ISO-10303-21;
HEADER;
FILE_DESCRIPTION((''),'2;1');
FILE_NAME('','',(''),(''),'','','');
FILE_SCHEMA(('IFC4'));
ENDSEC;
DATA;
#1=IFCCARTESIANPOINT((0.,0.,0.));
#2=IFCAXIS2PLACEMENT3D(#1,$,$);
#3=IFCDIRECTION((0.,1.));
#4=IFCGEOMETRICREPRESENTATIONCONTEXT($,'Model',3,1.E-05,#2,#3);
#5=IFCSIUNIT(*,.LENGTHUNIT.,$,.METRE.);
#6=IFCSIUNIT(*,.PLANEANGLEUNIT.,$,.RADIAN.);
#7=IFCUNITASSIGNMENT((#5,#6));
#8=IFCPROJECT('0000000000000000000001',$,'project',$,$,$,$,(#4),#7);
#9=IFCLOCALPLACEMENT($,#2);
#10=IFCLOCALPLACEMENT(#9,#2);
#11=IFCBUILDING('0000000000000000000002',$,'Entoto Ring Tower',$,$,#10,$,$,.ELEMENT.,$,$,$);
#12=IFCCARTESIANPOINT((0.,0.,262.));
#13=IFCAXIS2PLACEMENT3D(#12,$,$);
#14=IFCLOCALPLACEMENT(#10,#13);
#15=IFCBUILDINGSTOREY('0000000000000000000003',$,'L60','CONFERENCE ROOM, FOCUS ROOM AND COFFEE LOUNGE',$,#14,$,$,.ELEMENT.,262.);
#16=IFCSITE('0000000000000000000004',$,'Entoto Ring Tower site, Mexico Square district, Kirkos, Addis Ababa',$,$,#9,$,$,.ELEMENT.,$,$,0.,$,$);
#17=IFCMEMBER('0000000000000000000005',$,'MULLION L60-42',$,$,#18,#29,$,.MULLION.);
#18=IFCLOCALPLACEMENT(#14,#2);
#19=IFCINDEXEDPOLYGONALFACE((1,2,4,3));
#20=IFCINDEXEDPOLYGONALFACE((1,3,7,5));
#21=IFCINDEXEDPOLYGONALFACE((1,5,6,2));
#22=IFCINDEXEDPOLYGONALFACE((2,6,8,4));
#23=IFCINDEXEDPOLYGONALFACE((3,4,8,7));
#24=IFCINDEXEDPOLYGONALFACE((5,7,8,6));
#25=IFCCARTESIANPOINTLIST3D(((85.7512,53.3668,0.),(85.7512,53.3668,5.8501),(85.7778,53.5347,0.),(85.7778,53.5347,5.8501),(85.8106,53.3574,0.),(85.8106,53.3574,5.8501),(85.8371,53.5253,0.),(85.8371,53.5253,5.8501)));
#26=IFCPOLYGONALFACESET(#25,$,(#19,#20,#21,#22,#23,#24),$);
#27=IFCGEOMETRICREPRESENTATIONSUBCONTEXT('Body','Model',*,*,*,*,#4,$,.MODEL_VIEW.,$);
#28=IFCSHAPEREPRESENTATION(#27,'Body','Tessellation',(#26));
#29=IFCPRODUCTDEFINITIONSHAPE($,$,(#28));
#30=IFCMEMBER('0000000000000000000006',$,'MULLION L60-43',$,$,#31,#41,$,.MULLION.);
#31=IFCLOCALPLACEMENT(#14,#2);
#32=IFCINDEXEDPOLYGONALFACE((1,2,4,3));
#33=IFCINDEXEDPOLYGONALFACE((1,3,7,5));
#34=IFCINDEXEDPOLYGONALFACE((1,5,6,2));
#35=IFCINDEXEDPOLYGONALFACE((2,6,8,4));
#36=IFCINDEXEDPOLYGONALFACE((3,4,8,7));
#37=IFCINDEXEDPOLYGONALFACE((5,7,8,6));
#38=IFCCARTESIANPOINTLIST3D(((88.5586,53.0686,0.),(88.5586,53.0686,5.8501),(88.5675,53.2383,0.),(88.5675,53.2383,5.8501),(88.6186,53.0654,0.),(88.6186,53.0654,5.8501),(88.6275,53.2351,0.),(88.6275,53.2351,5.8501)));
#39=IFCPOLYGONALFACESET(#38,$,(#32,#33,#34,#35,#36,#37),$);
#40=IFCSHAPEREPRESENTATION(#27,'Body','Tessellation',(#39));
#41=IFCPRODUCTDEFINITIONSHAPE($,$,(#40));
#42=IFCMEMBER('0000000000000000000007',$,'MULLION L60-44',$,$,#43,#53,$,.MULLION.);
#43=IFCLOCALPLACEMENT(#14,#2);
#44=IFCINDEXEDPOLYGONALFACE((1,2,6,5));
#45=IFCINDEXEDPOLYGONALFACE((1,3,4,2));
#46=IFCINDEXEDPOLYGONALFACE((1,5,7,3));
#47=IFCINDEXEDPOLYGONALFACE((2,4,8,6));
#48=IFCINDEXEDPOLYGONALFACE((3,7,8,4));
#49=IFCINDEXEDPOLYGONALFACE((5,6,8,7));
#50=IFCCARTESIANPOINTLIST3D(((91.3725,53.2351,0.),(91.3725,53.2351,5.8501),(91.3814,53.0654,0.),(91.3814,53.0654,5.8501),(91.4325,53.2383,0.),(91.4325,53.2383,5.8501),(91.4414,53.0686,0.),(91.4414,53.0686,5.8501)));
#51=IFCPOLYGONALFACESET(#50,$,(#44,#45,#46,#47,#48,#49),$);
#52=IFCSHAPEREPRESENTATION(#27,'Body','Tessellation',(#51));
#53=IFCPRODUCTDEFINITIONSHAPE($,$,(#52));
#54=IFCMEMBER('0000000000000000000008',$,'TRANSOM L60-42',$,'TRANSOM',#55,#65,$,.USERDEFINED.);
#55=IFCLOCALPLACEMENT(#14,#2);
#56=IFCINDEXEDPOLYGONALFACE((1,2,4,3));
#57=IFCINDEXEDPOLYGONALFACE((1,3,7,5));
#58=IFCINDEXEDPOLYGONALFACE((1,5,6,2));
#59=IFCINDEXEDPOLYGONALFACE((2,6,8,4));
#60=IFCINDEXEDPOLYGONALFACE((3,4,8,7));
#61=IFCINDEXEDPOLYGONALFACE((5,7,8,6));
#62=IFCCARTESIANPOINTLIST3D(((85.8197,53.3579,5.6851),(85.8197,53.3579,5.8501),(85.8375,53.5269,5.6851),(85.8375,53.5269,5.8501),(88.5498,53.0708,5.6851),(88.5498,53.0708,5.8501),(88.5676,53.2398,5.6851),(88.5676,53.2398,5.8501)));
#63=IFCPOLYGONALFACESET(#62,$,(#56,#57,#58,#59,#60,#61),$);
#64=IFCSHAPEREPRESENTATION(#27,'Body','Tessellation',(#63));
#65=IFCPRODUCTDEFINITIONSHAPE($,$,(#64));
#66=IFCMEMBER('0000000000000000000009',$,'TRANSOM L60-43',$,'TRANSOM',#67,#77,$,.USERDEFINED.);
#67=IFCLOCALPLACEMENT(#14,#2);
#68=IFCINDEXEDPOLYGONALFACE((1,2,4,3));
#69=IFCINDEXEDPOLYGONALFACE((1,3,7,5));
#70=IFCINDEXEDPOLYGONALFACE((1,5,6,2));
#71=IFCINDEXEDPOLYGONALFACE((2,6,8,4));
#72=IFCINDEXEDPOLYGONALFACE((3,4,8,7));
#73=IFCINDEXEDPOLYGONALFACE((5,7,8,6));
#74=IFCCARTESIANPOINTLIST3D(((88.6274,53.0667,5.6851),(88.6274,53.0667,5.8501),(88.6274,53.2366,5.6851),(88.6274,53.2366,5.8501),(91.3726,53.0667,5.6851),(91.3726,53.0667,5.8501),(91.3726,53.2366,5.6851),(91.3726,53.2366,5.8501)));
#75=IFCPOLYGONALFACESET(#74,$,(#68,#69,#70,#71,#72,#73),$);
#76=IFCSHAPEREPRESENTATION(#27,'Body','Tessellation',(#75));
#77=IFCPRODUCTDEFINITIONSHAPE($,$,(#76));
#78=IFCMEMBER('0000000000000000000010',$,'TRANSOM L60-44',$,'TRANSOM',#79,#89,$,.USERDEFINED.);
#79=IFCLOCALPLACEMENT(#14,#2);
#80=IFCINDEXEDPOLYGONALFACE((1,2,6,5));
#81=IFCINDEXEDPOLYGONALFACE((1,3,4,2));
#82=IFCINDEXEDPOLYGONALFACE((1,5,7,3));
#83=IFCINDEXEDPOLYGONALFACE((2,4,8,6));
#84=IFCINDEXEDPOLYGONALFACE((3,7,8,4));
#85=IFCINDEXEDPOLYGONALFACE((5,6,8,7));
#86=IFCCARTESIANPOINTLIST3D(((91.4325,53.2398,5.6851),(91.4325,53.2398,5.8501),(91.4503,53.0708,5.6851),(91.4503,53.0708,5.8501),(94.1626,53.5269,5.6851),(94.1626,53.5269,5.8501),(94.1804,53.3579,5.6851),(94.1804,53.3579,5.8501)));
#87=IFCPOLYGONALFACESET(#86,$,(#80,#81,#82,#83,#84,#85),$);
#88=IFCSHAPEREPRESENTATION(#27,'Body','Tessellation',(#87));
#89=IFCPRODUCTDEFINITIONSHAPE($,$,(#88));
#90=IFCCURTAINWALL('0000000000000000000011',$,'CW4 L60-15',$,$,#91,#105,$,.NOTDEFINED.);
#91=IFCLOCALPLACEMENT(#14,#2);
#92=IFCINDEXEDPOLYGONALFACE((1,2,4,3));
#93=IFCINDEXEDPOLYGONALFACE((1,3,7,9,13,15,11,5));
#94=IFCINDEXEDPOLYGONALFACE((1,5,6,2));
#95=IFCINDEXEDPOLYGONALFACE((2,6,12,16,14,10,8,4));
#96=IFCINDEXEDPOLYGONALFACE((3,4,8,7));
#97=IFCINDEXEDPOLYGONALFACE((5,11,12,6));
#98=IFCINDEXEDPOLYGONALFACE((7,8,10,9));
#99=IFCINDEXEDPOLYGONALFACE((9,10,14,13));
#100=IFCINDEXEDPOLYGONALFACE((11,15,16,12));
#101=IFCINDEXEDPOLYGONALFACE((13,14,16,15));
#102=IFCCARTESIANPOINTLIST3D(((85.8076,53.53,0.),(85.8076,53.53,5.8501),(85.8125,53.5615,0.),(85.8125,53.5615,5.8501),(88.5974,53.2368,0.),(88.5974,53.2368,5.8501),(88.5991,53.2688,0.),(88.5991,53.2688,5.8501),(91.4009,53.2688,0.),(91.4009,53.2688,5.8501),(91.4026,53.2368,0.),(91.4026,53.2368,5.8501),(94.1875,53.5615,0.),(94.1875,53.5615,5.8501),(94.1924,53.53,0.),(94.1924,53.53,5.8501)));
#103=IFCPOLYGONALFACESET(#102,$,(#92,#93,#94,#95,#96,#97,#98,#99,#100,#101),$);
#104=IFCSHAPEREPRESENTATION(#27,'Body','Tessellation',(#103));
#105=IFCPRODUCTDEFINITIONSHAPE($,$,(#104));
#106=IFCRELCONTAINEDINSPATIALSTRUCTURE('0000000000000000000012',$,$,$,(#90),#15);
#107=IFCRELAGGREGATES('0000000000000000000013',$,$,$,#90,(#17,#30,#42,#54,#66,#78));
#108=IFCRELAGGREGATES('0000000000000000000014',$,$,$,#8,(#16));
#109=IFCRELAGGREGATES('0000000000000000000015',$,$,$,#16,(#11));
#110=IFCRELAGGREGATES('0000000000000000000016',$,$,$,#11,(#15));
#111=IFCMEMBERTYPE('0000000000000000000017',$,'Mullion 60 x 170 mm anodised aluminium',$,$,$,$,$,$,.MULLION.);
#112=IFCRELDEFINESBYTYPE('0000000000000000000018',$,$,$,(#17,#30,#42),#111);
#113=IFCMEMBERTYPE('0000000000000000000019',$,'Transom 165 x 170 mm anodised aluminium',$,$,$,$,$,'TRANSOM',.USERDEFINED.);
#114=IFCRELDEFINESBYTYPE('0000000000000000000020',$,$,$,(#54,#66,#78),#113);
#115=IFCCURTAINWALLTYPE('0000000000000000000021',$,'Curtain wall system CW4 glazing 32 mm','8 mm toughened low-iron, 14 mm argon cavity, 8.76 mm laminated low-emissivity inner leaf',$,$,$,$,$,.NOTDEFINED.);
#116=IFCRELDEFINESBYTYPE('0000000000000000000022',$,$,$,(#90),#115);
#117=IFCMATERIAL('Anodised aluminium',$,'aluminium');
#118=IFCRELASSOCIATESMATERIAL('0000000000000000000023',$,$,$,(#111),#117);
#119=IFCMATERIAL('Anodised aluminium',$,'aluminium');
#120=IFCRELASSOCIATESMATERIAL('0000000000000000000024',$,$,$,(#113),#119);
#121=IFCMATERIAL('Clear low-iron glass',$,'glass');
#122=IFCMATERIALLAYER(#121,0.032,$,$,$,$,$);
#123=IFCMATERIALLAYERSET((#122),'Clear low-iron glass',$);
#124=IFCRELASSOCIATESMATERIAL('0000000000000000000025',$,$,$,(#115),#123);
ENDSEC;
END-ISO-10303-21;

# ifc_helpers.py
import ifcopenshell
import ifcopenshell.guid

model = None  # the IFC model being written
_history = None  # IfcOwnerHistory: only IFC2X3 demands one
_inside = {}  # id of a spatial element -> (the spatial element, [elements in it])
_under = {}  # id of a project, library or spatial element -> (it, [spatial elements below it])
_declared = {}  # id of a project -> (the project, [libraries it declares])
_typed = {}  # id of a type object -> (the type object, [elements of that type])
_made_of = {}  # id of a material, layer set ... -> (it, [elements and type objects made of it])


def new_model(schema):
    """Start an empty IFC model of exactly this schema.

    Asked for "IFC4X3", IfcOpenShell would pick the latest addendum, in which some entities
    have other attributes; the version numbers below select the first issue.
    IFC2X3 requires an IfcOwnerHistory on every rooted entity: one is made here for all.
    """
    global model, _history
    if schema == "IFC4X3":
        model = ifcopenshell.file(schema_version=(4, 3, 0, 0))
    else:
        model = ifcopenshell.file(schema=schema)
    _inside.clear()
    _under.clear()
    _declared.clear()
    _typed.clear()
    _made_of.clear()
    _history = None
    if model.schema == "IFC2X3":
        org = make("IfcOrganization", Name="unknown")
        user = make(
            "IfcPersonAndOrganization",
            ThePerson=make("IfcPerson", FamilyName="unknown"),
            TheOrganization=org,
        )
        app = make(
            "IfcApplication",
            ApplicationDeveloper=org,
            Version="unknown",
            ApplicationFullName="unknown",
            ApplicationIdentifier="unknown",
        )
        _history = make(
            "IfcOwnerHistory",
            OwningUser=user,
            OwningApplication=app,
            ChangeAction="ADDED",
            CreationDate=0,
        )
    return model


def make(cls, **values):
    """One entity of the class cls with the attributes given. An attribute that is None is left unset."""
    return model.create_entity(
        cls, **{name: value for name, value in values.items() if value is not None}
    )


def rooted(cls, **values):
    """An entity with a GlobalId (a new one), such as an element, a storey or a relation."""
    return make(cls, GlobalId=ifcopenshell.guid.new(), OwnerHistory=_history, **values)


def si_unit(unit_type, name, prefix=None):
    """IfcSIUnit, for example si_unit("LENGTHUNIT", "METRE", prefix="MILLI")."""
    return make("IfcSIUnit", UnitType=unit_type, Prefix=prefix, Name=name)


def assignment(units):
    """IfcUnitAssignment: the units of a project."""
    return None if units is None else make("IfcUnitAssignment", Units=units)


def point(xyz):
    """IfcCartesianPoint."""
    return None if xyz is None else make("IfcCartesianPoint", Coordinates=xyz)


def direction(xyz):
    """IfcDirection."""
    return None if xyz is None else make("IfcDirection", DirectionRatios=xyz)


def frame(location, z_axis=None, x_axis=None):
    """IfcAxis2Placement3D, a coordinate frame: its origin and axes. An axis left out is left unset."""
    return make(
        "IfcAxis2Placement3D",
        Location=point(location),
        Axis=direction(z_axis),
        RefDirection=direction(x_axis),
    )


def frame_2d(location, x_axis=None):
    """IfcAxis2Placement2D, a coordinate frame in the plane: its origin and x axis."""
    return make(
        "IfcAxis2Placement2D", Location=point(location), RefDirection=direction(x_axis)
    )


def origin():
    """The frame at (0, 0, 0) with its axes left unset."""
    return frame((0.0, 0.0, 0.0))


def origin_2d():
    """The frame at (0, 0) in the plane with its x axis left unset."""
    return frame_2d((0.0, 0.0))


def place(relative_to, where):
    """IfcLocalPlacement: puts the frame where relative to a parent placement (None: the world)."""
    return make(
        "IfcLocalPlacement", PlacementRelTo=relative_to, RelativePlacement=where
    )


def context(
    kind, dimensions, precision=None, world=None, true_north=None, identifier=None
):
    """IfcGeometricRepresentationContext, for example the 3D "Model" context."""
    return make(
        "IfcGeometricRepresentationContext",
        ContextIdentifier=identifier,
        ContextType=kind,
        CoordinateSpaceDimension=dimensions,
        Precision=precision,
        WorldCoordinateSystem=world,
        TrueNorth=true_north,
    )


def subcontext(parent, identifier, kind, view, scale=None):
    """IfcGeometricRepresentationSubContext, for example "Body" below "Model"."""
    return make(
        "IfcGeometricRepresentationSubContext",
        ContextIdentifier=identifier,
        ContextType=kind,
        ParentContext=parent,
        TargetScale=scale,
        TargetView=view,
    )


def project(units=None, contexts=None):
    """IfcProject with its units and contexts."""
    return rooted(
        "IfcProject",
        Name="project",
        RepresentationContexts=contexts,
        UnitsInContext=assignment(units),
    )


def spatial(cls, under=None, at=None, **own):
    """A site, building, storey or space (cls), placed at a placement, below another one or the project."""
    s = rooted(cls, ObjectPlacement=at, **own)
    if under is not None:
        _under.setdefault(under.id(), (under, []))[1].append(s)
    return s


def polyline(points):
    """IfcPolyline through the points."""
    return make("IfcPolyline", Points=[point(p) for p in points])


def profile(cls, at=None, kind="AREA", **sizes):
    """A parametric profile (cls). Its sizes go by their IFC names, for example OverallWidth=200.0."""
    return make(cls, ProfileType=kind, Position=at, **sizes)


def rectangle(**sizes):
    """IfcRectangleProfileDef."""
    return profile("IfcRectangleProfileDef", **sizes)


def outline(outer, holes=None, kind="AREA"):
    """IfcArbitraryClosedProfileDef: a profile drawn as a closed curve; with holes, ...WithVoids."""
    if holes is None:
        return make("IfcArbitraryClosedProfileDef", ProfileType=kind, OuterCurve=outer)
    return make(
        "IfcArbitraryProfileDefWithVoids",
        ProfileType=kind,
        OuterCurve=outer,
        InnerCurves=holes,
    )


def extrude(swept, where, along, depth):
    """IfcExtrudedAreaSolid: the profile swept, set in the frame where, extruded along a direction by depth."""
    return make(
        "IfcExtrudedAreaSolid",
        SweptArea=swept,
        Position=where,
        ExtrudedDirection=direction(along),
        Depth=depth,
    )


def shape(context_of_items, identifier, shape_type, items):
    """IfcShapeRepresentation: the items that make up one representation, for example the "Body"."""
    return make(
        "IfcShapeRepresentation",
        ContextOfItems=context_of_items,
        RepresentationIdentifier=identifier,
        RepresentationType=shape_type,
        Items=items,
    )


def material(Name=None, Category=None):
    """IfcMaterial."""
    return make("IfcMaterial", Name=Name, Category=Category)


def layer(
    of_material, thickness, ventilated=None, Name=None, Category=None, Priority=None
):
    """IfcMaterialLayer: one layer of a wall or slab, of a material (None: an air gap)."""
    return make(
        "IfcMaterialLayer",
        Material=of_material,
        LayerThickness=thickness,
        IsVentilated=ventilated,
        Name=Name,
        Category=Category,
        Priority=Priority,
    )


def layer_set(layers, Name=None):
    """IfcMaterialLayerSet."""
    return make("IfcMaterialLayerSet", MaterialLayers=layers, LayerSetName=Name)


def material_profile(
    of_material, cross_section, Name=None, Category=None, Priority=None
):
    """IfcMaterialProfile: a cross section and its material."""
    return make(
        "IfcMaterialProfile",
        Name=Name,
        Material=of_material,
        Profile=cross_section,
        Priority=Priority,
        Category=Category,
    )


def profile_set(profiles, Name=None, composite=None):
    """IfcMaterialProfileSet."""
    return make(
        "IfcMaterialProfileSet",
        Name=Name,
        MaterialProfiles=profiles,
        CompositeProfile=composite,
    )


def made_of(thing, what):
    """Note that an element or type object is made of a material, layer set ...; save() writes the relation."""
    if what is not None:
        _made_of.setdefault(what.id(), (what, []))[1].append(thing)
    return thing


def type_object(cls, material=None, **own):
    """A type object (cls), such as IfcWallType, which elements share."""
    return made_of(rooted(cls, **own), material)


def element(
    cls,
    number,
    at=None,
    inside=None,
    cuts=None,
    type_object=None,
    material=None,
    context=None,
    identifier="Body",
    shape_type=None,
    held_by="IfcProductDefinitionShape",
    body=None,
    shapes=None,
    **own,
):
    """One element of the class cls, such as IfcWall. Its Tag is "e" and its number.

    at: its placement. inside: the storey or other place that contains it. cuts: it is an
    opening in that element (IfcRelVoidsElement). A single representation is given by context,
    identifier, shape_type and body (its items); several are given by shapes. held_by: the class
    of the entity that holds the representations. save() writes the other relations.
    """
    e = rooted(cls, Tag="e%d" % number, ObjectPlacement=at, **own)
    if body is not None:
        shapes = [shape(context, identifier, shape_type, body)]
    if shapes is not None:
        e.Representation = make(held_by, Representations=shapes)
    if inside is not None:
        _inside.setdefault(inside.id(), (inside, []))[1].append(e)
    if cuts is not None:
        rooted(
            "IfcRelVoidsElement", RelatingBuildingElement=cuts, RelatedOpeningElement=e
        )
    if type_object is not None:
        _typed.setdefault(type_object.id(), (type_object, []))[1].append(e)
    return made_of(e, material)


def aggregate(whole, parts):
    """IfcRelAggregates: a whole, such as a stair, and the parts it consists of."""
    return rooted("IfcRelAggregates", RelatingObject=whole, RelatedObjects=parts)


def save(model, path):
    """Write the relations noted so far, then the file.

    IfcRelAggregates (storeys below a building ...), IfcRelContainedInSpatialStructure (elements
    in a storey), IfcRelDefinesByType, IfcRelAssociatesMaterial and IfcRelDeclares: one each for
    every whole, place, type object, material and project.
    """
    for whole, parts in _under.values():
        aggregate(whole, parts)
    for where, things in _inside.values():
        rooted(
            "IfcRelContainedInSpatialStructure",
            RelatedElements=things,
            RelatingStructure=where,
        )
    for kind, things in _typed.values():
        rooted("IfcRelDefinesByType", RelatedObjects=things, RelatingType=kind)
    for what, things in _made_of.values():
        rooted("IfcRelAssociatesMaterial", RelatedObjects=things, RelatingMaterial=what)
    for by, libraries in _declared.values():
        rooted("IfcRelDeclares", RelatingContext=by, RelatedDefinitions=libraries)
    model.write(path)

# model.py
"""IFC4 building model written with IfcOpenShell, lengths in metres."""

from ifc_helpers import new_model, si_unit, direction, frame, origin, origin_2d, place, context, subcontext, project, spatial, polyline, rectangle, outline, extrude, material, layer, layer_set, material_profile, profile_set, type_object, element, aggregate, save


model = new_model("IFC4")

# Units and contexts
model_context = context("Model", 3, precision=1e-05, world=origin(), true_north=direction((0.0, 1.0)))
body_context = subcontext(model_context, "Body", "Model", "MODEL_VIEW")
ifc_project = project(units=[si_unit("LENGTHUNIT", "METRE"), si_unit("PLANEANGLEUNIT", "RADIAN")], contexts=[model_context])

# Members
ifc_material_1 = material(Name="Anodised aluminium", Category="aluminium")
ifc_material_profile_1 = material_profile(ifc_material_1, rectangle(XDim=0.0601, YDim=0.1699, at=origin_2d()), Name="Mullion 60 x 170 mm anodised aluminium")
ifc_profile_set_1 = profile_set([ifc_material_profile_1], Name="Anodised aluminium")
member_type_1 = type_object("IfcMemberType", Name="Mullion 60 x 170 mm anodised aluminium", PredefinedType="MULLION", material=ifc_profile_set_1)
site_placement = place(None, origin())
building_placement = place(site_placement, origin())
storey_placement = place(building_placement, frame((0.0, 0.0, 262.0)))
member_1_placement = place(storey_placement, frame((85.7942, 53.446, 0.0), z_axis=(0.0, 0.0, 1.0), x_axis=(0.987688, -0.156434, 0.0)))
member_1 = element("IfcMember", 1, at=member_1_placement, type_object=member_type_1, Name="MULLION L60-42", PredefinedType="MULLION", context=body_context, shape_type="SweptSolid", body=[
    extrude(rectangle(XDim=0.0601, YDim=0.1699, at=origin_2d()), origin(), (0.0, 0.0, 1.0), 5.8501),
])
member_2_placement = place(storey_placement, frame((88.593, 53.1519, 0.0), z_axis=(0.0, 0.0, 1.0), x_axis=(0.99863, -0.052336, 0.0)))
member_2 = element("IfcMember", 2, at=member_2_placement, type_object=member_type_1, Name="MULLION L60-43", PredefinedType="MULLION", context=body_context, shape_type="SweptSolid", body=[
    extrude(rectangle(XDim=0.0601, YDim=0.1699, at=origin_2d()), origin(), (0.0, 0.0, 1.0), 5.8501),
])
member_3_placement = place(storey_placement, frame((91.407, 53.1519, 0.0), z_axis=(0.0, 0.0, 1.0), x_axis=(0.99863, 0.052336, 0.0)))
member_3 = element("IfcMember", 3, at=member_3_placement, type_object=member_type_1, Name="MULLION L60-44", PredefinedType="MULLION", context=body_context, shape_type="SweptSolid", body=[
    extrude(rectangle(XDim=0.0601, YDim=0.1699, at=origin_2d()), origin(), (0.0, 0.0, 1.0), 5.8501),
])
ifc_material_2 = material(Name="Anodised aluminium", Category="aluminium")
ifc_material_profile_2 = material_profile(ifc_material_2, rectangle(XDim=0.1699, YDim=0.165, at=origin_2d()), Name="Transom 165 x 170 mm anodised aluminium")
ifc_profile_set_2 = profile_set([ifc_material_profile_2], Name="Anodised aluminium")
member_type_2 = type_object("IfcMemberType", Name="Transom 165 x 170 mm anodised aluminium", ElementType="TRANSOM", PredefinedType="USERDEFINED", material=ifc_profile_set_2)
member_4_placement = place(storey_placement, frame((85.8286, 53.4424, 5.7676), z_axis=(0.994515, -0.104592, 0.0), x_axis=(0.104592, 0.994515, 0.0)))
member_4 = element("IfcMember", 4, at=member_4_placement, type_object=member_type_2, Name="TRANSOM L60-42", ObjectType="TRANSOM", PredefinedType="USERDEFINED", context=body_context, shape_type="SweptSolid", body=[
    extrude(rectangle(XDim=0.1699, YDim=0.165, at=origin_2d()), origin(), (0.0, 0.0, 1.0), 2.7451),
])
member_5_placement = place(storey_placement, frame((88.6274, 53.1516, 5.7676), z_axis=(1.0, 0.0, 0.0), x_axis=(0.0, 1.0, 0.0)))
member_5 = element("IfcMember", 5, at=member_5_placement, type_object=member_type_2, Name="TRANSOM L60-43", ObjectType="TRANSOM", PredefinedType="USERDEFINED", context=body_context, shape_type="SweptSolid", body=[
    extrude(rectangle(XDim=0.1699, YDim=0.165, at=origin_2d()), origin(), (0.0, 0.0, 1.0), 2.7451),
])
member_6_placement = place(storey_placement, frame((91.4414, 53.1553, 5.7676), z_axis=(0.994515, 0.104592, 0.0), x_axis=(-0.104592, 0.994515, 0.0)))
member_6 = element("IfcMember", 6, at=member_6_placement, type_object=member_type_2, Name="TRANSOM L60-44", ObjectType="TRANSOM", PredefinedType="USERDEFINED", context=body_context, shape_type="SweptSolid", body=[
    extrude(rectangle(XDim=0.1699, YDim=0.165, at=origin_2d()), origin(), (0.0, 0.0, 1.0), 2.7451),
])

# Site, building, storey
site = spatial("IfcSite", under=ifc_project, at=site_placement, Name="Entoto Ring Tower site, Mexico Square district, Kirkos, Addis Ababa", CompositionType="ELEMENT", RefElevation=0.0)
building = spatial("IfcBuilding", under=site, at=building_placement, Name="Entoto Ring Tower", CompositionType="ELEMENT")
storey = spatial("IfcBuildingStorey", under=building, at=storey_placement, Name="L60", Description="CONFERENCE ROOM, FOCUS ROOM AND COFFEE LOUNGE", CompositionType="ELEMENT", Elevation=262.0)

# Curtain wall
ifc_material_3 = material(Name="Clear low-iron glass", Category="glass")
ifc_layer = layer(ifc_material_3, 0.032)
ifc_layer_set = layer_set([ifc_layer], Name="Clear low-iron glass")
curtain_wall_type = type_object("IfcCurtainWallType", Name="Curtain wall system CW4 glazing 32 mm", Description="8 mm toughened low-iron, 14 mm argon cavity, 8.76 mm laminated low-emissivity inner leaf", PredefinedType="NOTDEFINED", material=ifc_layer_set)
curtain_wall_1_placement = place(storey_placement, origin())
curtain_wall_1 = element("IfcCurtainWall", 7, at=curtain_wall_1_placement, inside=storey, type_object=curtain_wall_type, Name="CW4 L60-15", PredefinedType="NOTDEFINED", context=body_context, shape_type="SweptSolid", body=[
    extrude(outline(polyline([(85.8076, 53.53), (88.5974, 53.2368), (91.4026, 53.2368), (94.1924, 53.53), (94.1875, 53.5615), (91.4009, 53.2688), (88.5991, 53.2688), (85.8125, 53.5615), (85.8076, 53.53)])), origin(), (0.0, 0.0, 1.0), 5.8501),
])
aggregate(curtain_wall_1, [member_1, member_2, member_3, member_4, member_5, member_6])

save(model, "model.ifc")
